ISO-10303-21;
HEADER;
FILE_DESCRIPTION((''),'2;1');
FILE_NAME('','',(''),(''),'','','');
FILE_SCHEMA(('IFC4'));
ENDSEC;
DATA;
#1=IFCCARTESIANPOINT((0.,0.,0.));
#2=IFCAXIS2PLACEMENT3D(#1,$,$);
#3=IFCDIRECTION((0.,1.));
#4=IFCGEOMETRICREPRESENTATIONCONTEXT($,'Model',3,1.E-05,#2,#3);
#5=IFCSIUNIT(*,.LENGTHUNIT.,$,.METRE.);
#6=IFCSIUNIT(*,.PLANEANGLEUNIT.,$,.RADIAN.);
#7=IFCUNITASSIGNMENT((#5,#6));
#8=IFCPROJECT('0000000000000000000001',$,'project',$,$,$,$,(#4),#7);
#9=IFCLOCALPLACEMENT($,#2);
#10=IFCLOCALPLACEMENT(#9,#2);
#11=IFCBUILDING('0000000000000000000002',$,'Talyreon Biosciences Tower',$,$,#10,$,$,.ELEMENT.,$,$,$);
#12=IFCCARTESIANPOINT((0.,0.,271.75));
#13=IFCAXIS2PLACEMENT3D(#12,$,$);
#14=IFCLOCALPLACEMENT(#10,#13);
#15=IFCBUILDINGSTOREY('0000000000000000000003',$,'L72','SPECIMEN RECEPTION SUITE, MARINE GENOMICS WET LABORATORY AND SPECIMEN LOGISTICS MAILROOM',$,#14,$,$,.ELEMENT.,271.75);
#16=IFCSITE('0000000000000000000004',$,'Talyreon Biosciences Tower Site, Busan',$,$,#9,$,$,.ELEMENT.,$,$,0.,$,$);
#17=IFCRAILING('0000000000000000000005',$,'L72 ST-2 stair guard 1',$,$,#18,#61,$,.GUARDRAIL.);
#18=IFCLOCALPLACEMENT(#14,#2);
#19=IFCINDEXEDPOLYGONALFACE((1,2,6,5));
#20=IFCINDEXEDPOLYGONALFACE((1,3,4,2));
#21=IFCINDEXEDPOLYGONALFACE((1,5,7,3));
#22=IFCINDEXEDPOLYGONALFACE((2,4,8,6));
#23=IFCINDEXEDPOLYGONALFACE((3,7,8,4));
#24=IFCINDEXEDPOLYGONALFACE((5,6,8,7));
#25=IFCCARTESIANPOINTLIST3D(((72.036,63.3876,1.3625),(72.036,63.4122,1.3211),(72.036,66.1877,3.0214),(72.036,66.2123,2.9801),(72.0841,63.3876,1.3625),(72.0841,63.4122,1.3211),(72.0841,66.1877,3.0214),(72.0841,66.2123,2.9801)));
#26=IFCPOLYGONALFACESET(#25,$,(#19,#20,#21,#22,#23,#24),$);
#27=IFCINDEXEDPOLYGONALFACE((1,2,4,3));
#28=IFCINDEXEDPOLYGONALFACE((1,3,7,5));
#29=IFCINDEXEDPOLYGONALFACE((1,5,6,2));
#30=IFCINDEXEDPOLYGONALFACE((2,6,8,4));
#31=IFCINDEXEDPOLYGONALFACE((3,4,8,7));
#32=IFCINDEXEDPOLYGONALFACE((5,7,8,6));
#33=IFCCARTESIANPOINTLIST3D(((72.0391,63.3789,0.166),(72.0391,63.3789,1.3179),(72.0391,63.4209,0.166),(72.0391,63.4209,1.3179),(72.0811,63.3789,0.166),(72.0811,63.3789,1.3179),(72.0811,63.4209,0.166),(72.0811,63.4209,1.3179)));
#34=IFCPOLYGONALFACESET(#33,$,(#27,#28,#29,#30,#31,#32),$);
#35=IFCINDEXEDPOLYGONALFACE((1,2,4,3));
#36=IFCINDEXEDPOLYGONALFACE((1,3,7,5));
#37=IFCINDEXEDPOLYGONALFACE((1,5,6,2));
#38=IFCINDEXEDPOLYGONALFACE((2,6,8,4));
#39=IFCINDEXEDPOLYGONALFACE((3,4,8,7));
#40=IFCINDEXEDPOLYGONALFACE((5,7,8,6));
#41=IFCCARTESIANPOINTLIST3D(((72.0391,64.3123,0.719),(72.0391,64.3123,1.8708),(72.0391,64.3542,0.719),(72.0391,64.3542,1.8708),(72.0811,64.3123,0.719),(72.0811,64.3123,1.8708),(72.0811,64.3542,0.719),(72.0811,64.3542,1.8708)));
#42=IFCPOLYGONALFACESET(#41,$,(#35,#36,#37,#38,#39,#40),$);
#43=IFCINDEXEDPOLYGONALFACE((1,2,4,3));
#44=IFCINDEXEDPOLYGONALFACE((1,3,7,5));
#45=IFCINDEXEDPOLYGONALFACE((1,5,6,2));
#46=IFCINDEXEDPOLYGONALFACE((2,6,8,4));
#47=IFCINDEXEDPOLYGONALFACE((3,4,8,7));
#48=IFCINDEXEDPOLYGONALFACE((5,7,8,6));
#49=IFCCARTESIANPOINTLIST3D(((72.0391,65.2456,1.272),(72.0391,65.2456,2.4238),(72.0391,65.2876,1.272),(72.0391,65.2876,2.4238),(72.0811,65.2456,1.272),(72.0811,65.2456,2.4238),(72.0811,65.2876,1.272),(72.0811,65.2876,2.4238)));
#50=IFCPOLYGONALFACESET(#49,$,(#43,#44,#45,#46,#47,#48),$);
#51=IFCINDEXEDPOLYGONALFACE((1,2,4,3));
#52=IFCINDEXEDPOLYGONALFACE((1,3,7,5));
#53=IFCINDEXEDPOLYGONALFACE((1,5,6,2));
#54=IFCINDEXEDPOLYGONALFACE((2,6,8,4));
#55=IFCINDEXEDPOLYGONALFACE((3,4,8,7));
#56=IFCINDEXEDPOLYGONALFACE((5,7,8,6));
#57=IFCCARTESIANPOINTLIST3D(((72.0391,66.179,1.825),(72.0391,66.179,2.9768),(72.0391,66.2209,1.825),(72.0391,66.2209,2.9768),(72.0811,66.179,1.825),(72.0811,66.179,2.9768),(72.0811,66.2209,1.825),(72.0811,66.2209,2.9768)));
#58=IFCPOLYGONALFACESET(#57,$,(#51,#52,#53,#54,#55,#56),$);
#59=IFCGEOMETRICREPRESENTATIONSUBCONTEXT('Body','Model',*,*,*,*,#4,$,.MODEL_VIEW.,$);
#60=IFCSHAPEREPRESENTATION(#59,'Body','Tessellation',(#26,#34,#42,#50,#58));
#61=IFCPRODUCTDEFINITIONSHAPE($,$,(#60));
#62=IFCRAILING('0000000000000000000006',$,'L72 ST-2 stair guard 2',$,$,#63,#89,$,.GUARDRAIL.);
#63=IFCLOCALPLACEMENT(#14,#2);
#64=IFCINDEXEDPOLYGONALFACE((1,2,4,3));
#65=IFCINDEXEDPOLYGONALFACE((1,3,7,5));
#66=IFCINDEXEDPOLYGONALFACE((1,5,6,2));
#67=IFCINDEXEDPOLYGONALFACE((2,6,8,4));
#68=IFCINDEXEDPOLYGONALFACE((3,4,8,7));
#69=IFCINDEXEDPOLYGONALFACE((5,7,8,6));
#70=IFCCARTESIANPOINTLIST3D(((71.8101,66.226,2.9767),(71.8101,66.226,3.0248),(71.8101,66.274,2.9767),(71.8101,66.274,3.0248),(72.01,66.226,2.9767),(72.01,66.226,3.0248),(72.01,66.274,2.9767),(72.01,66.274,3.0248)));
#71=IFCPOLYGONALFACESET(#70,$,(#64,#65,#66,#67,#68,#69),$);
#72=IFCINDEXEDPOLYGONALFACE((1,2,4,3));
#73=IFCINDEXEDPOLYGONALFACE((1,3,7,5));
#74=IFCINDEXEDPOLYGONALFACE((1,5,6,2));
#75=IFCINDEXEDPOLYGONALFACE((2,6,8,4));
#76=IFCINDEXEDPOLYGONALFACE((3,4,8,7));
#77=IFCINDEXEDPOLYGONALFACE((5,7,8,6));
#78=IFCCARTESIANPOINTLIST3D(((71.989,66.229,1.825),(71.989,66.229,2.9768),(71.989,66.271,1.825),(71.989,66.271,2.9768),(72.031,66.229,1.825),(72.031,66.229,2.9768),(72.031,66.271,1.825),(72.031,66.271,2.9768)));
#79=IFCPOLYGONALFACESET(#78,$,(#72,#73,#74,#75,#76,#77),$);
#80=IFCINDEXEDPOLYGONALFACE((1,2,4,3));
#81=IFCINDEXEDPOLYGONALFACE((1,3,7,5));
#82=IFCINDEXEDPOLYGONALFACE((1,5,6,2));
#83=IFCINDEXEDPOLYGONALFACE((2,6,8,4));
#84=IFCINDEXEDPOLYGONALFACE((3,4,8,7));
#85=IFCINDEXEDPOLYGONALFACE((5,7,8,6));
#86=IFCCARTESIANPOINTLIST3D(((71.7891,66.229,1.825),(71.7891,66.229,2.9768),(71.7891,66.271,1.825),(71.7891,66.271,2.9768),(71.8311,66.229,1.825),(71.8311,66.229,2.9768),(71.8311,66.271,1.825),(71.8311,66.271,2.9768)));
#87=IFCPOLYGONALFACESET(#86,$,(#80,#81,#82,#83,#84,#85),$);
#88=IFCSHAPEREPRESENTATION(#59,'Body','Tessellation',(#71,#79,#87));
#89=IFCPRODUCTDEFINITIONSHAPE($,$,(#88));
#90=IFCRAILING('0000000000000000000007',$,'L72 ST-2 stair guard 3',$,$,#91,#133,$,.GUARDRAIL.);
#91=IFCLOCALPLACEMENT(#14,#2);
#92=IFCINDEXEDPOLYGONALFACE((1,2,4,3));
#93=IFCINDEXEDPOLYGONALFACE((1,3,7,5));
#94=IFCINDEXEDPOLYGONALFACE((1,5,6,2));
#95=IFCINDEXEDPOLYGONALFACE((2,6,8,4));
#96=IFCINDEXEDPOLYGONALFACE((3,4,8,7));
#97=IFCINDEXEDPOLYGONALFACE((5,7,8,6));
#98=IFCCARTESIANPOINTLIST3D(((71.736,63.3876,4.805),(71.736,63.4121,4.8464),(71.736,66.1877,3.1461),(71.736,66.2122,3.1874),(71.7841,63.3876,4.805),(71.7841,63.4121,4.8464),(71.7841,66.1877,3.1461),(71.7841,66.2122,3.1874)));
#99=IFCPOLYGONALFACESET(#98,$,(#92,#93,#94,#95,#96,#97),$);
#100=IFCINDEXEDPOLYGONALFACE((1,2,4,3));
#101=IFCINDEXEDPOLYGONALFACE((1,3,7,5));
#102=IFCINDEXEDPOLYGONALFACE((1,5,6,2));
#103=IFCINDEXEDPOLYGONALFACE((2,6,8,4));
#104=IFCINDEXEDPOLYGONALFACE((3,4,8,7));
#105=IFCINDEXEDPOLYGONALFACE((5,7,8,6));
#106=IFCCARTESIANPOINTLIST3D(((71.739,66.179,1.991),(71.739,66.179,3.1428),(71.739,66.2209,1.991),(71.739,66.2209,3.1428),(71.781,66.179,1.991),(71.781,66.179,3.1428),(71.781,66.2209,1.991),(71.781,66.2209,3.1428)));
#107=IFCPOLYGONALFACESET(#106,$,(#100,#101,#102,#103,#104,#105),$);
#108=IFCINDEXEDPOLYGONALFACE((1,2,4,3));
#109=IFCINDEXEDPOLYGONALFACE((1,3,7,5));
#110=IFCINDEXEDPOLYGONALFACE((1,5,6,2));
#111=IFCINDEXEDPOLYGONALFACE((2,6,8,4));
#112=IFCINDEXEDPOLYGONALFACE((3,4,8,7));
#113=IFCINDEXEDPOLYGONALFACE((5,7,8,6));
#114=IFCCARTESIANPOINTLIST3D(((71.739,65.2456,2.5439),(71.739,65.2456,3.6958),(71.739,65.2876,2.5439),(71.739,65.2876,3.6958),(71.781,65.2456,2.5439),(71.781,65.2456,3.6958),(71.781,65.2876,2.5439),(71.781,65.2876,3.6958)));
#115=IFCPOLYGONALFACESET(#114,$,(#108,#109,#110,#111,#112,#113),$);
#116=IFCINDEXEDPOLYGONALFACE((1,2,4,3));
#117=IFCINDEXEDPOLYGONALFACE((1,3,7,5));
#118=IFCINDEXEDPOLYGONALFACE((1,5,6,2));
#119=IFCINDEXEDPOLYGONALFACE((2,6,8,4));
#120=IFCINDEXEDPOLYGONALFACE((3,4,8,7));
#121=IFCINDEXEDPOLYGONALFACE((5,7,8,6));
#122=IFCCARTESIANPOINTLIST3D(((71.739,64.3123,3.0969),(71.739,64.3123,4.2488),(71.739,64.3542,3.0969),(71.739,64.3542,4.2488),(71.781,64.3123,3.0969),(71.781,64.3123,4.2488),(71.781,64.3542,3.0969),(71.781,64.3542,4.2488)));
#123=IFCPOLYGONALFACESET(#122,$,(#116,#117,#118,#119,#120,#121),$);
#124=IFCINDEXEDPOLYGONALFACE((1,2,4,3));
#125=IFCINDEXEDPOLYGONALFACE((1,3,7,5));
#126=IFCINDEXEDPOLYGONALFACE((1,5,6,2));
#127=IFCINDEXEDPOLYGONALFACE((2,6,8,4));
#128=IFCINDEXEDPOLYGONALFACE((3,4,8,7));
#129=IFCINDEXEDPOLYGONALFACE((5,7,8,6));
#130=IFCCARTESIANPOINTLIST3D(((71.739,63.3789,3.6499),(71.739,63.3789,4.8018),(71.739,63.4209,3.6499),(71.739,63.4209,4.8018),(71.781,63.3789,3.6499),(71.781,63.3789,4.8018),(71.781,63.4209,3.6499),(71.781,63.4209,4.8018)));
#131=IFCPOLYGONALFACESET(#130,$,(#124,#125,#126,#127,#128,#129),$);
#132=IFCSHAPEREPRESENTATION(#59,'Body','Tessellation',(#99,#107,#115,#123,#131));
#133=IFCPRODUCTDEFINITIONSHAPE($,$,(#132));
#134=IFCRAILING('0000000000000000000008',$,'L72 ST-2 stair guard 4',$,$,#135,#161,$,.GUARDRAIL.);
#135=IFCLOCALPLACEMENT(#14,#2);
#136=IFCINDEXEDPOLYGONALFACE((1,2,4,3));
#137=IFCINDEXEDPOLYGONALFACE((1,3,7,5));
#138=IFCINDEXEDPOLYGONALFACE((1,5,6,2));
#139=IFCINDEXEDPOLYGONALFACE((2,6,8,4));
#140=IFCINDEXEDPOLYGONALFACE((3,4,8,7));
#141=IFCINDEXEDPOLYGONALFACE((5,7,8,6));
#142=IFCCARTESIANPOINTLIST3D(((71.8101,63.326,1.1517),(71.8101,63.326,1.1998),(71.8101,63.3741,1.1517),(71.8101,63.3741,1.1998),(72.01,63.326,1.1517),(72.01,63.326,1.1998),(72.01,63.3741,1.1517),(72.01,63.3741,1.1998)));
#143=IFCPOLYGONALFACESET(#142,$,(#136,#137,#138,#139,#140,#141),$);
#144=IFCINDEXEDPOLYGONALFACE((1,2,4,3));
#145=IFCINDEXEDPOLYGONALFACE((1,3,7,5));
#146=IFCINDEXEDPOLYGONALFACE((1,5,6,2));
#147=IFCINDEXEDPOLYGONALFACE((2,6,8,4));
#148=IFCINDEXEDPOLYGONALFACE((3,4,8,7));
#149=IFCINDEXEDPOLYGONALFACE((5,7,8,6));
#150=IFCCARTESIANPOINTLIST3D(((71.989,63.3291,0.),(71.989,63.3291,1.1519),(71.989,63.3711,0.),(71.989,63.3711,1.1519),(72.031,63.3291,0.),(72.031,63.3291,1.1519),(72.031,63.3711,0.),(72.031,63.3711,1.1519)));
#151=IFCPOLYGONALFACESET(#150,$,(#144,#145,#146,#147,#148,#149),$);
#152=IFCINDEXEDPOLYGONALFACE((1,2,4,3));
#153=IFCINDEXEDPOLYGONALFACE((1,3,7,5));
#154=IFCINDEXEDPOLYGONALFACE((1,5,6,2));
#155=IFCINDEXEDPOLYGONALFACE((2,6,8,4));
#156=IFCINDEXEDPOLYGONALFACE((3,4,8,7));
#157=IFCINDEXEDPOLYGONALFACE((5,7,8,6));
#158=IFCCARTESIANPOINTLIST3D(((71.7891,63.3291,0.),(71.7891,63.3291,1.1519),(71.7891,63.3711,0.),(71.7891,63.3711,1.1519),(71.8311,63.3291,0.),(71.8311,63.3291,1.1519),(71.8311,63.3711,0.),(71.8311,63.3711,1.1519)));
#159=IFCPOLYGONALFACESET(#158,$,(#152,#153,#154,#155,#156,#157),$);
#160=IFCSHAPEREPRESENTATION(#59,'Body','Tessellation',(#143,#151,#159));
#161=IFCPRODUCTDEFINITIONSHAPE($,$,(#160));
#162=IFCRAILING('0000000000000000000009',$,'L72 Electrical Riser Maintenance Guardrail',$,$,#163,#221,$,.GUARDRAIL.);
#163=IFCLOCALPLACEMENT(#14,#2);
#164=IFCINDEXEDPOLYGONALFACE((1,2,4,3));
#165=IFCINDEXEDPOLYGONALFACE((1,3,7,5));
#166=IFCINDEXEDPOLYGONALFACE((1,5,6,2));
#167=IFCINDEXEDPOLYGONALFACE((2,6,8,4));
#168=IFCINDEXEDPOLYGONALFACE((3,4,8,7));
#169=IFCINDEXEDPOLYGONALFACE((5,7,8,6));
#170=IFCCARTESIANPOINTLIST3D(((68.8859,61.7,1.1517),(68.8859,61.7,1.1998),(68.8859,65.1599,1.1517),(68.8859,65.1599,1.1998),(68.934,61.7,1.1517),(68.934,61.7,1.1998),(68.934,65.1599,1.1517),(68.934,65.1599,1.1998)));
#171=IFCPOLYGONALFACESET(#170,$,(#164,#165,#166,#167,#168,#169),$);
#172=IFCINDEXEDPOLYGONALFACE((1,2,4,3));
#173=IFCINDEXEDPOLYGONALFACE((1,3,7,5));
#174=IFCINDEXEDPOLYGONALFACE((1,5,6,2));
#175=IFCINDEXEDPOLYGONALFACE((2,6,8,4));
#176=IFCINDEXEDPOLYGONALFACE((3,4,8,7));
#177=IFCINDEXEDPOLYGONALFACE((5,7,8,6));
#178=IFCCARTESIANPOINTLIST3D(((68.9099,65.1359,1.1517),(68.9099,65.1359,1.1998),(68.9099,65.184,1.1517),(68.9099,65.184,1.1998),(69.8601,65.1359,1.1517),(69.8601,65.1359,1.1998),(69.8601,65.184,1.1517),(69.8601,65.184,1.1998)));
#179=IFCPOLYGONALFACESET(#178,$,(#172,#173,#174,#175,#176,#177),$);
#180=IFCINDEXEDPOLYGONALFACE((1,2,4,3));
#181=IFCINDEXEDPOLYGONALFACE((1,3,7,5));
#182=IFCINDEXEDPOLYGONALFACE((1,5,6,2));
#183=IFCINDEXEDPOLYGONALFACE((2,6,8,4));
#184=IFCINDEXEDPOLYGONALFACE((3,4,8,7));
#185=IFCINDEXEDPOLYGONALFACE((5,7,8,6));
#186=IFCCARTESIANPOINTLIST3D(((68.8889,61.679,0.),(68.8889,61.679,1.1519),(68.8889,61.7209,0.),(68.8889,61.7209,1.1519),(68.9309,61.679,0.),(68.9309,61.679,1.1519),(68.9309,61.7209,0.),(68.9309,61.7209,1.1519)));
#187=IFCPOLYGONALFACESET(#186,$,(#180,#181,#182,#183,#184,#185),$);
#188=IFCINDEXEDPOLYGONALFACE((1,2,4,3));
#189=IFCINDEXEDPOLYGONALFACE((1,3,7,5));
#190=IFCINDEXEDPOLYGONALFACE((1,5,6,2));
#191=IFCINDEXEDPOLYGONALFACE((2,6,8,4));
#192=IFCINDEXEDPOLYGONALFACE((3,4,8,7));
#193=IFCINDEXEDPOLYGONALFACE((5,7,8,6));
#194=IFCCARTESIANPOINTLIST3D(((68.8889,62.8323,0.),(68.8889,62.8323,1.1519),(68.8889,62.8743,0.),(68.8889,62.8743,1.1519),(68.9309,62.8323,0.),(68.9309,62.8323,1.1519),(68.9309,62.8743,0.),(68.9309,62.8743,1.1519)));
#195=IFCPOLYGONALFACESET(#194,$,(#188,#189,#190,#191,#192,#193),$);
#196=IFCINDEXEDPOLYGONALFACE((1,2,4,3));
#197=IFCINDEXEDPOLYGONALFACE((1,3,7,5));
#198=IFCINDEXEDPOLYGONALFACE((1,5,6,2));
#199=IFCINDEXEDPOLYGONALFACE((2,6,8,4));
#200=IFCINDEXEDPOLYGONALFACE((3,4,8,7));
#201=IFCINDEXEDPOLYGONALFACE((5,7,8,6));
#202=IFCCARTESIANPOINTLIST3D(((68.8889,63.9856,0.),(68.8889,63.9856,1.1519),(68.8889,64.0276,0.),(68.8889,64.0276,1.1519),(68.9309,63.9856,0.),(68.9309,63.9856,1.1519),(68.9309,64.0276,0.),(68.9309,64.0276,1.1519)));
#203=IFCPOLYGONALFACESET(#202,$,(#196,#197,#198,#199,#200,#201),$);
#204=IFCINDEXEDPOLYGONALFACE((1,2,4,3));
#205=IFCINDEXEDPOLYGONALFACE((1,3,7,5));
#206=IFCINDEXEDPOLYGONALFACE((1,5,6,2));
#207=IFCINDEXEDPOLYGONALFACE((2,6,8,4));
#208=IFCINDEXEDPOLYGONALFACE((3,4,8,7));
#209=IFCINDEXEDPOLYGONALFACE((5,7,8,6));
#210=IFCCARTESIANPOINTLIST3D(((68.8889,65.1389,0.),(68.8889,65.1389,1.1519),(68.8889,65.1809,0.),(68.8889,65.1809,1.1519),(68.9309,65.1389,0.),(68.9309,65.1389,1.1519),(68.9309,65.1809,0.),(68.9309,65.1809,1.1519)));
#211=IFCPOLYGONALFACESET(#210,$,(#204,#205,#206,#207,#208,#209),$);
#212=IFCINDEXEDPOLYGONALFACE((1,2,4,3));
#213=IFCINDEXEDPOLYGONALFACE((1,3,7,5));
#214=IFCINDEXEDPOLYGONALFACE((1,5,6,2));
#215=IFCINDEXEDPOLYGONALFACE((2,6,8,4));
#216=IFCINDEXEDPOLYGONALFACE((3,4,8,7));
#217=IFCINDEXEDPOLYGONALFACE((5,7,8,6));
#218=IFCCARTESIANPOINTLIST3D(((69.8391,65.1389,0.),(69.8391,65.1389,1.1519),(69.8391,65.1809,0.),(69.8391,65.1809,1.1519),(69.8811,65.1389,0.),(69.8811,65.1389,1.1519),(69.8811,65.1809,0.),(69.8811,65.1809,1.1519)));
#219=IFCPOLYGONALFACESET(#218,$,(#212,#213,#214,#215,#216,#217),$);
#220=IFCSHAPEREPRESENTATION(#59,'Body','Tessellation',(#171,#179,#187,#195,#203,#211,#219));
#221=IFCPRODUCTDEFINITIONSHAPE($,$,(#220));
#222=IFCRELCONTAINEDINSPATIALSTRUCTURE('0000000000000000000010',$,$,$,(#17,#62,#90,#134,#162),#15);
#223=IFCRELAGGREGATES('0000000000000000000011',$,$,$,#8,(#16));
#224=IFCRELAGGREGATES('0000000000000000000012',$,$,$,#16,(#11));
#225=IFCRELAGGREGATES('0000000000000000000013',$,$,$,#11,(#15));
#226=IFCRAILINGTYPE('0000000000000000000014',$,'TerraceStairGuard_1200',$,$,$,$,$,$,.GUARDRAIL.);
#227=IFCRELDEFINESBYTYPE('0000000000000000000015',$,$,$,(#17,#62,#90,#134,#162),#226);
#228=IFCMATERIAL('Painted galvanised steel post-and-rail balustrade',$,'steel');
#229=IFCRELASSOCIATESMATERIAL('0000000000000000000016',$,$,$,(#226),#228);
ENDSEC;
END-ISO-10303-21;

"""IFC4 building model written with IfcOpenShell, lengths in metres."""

from ifc_helpers import new_model, si_unit, direction, frame, origin, origin_2d, place, context, subcontext, project, spatial, rectangle, extrude, material, type_object, element, save


model = new_model("IFC4")

# Units and contexts
model_context = context("Model", 3, precision=1e-05, world=origin(), true_north=direction((0.0, 1.0)))
body_context = subcontext(model_context, "Body", "Model", "MODEL_VIEW")
ifc_project = project(units=[si_unit("LENGTHUNIT", "METRE"), si_unit("PLANEANGLEUNIT", "RADIAN")], contexts=[model_context])

# Site, building, storey
site_placement = place(None, origin())
site = spatial("IfcSite", under=ifc_project, at=site_placement, Name="Talyreon Biosciences Tower Site, Busan", CompositionType="ELEMENT", RefElevation=0.0)
building_placement = place(site_placement, origin())
building = spatial("IfcBuilding", under=site, at=building_placement, Name="Talyreon Biosciences Tower", CompositionType="ELEMENT")
storey_placement = place(building_placement, frame((0.0, 0.0, 271.75)))
storey = spatial("IfcBuildingStorey", under=building, at=storey_placement, Name="L72", Description="SPECIMEN RECEPTION SUITE, MARINE GENOMICS WET LABORATORY AND SPECIMEN LOGISTICS MAILROOM", CompositionType="ELEMENT", Elevation=271.75)

# Railings
ifc_material_1 = material(Name="Painted galvanised steel post-and-rail balustrade", Category="steel")
railing_type_1 = type_object("IfcRailingType", Name="TerraceStairGuard_1200", PredefinedType="GUARDRAIL", material=ifc_material_1)
railing_1_placement = place(storey_placement, frame((72.0601, 63.3999, 0.166)))
element("IfcRailing", 1, at=railing_1_placement, inside=storey, type_object=railing_type_1, Name="L72 ST-2 stair guard 1", PredefinedType="GUARDRAIL", context=body_context, shape_type="SweptSolid", body=[
    extrude(rectangle(XDim=0.0481, YDim=0.0481, at=origin_2d()), frame((0.0, 0.0, 1.1758), z_axis=(0.0, 0.860339, 0.509722), x_axis=(-1.0, 0.0, 0.0)), (0.0, 0.0, 1.0), 3.2546),
    extrude(rectangle(XDim=0.042, YDim=0.042, at=origin_2d()), origin(), (0.0, 0.0, 1.0), 1.1519),
    extrude(rectangle(XDim=0.042, YDim=0.042, at=origin_2d()), frame((0.0, 0.9333, 0.553)), (0.0, 0.0, 1.0), 1.1519),
    extrude(rectangle(XDim=0.042, YDim=0.042, at=origin_2d()), frame((0.0, 1.8667, 1.106)), (0.0, 0.0, 1.0), 1.1519),
    extrude(rectangle(XDim=0.042, YDim=0.042, at=origin_2d()), frame((0.0, 2.8, 1.6589)), (0.0, 0.0, 1.0), 1.1519),
])
railing_2_placement = place(storey_placement, frame((72.01, 66.25, 1.825)))
element("IfcRailing", 2, at=railing_2_placement, inside=storey, type_object=railing_type_1, Name="L72 ST-2 stair guard 2", PredefinedType="GUARDRAIL", context=body_context, shape_type="SweptSolid", body=[
    extrude(rectangle(XDim=0.0481, YDim=0.0481, at=origin_2d()), frame((0.0, 0.0, 1.1758), z_axis=(-1.0, 0.0, 0.0), x_axis=(0.0, -1.0, 0.0)), (0.0, 0.0, 1.0), 0.2),
    extrude(rectangle(XDim=0.042, YDim=0.042, at=origin_2d()), origin(), (0.0, 0.0, 1.0), 1.1519),
    extrude(rectangle(XDim=0.042, YDim=0.042, at=origin_2d()), frame((-0.2, 0.0, 0.0)), (0.0, 0.0, 1.0), 1.1519),
])
railing_3_placement = place(storey_placement, frame((71.76, 66.2, 1.991)))
element("IfcRailing", 3, at=railing_3_placement, inside=storey, type_object=railing_type_1, Name="L72 ST-2 stair guard 3", PredefinedType="GUARDRAIL", context=body_context, shape_type="SweptSolid", body=[
    extrude(rectangle(XDim=0.0481, YDim=0.0481, at=origin_2d()), frame((0.0, 0.0, 1.1758), z_axis=(0.0, -0.860339, 0.509722), x_axis=(1.0, 0.0, 0.0)), (0.0, 0.0, 1.0), 3.2546),
    extrude(rectangle(XDim=0.042, YDim=0.042, at=origin_2d()), origin(), (0.0, 0.0, 1.0), 1.1519),
    extrude(rectangle(XDim=0.042, YDim=0.042, at=origin_2d()), frame((0.0, -0.9333, 0.553)), (0.0, 0.0, 1.0), 1.1519),
    extrude(rectangle(XDim=0.042, YDim=0.042, at=origin_2d()), frame((0.0, -1.8667, 1.106)), (0.0, 0.0, 1.0), 1.1519),
    extrude(rectangle(XDim=0.042, YDim=0.042, at=origin_2d()), frame((0.0, -2.8, 1.6589)), (0.0, 0.0, 1.0), 1.1519),
])
railing_4_placement = place(storey_placement, frame((72.01, 63.3501, 0.0)))
element("IfcRailing", 4, at=railing_4_placement, inside=storey, type_object=railing_type_1, Name="L72 ST-2 stair guard 4", PredefinedType="GUARDRAIL", context=body_context, shape_type="SweptSolid", body=[
    extrude(rectangle(XDim=0.0481, YDim=0.0481, at=origin_2d()), frame((0.0, 0.0, 1.1758), z_axis=(-1.0, 0.0, 0.0), x_axis=(0.0, -1.0, 0.0)), (0.0, 0.0, 1.0), 0.2),
    extrude(rectangle(XDim=0.042, YDim=0.042, at=origin_2d()), origin(), (0.0, 0.0, 1.0), 1.1519),
    extrude(rectangle(XDim=0.042, YDim=0.042, at=origin_2d()), frame((-0.2, 0.0, 0.0)), (0.0, 0.0, 1.0), 1.1519),
])
railing_5_placement = place(storey_placement, frame((68.9099, 61.7, 0.0)))
element("IfcRailing", 5, at=railing_5_placement, inside=storey, type_object=railing_type_1, Name="L72 Electrical Riser Maintenance Guardrail", PredefinedType="GUARDRAIL", context=body_context, shape_type="SweptSolid", body=[
    extrude(rectangle(XDim=0.0481, YDim=0.0481, at=origin_2d()), frame((0.0, 0.0, 1.1758), z_axis=(0.0, 1.0, 0.0), x_axis=(-1.0, 0.0, 0.0)), (0.0, 0.0, 1.0), 3.46),
    extrude(rectangle(XDim=0.0481, YDim=0.0481, at=origin_2d()), frame((0.0, 3.46, 1.1758), z_axis=(1.0, 0.0, 0.0), x_axis=(0.0, 1.0, 0.0)), (0.0, 0.0, 1.0), 0.9502),
    extrude(rectangle(XDim=0.042, YDim=0.042, at=origin_2d()), origin(), (0.0, 0.0, 1.0), 1.1519),
    extrude(rectangle(XDim=0.042, YDim=0.042, at=origin_2d()), frame((0.0, 1.1533, 0.0)), (0.0, 0.0, 1.0), 1.1519),
    extrude(rectangle(XDim=0.042, YDim=0.042, at=origin_2d()), frame((0.0, 2.3066, 0.0)), (0.0, 0.0, 1.0), 1.1519),
    extrude(rectangle(XDim=0.042, YDim=0.042, at=origin_2d()), frame((0.0, 3.46, 0.0)), (0.0, 0.0, 1.0), 1.1519),
    extrude(rectangle(XDim=0.042, YDim=0.042, at=origin_2d()), frame((0.9502, 3.46, 0.0)), (0.0, 0.0, 1.0), 1.1519),
])

save(model, "model.ifc")
